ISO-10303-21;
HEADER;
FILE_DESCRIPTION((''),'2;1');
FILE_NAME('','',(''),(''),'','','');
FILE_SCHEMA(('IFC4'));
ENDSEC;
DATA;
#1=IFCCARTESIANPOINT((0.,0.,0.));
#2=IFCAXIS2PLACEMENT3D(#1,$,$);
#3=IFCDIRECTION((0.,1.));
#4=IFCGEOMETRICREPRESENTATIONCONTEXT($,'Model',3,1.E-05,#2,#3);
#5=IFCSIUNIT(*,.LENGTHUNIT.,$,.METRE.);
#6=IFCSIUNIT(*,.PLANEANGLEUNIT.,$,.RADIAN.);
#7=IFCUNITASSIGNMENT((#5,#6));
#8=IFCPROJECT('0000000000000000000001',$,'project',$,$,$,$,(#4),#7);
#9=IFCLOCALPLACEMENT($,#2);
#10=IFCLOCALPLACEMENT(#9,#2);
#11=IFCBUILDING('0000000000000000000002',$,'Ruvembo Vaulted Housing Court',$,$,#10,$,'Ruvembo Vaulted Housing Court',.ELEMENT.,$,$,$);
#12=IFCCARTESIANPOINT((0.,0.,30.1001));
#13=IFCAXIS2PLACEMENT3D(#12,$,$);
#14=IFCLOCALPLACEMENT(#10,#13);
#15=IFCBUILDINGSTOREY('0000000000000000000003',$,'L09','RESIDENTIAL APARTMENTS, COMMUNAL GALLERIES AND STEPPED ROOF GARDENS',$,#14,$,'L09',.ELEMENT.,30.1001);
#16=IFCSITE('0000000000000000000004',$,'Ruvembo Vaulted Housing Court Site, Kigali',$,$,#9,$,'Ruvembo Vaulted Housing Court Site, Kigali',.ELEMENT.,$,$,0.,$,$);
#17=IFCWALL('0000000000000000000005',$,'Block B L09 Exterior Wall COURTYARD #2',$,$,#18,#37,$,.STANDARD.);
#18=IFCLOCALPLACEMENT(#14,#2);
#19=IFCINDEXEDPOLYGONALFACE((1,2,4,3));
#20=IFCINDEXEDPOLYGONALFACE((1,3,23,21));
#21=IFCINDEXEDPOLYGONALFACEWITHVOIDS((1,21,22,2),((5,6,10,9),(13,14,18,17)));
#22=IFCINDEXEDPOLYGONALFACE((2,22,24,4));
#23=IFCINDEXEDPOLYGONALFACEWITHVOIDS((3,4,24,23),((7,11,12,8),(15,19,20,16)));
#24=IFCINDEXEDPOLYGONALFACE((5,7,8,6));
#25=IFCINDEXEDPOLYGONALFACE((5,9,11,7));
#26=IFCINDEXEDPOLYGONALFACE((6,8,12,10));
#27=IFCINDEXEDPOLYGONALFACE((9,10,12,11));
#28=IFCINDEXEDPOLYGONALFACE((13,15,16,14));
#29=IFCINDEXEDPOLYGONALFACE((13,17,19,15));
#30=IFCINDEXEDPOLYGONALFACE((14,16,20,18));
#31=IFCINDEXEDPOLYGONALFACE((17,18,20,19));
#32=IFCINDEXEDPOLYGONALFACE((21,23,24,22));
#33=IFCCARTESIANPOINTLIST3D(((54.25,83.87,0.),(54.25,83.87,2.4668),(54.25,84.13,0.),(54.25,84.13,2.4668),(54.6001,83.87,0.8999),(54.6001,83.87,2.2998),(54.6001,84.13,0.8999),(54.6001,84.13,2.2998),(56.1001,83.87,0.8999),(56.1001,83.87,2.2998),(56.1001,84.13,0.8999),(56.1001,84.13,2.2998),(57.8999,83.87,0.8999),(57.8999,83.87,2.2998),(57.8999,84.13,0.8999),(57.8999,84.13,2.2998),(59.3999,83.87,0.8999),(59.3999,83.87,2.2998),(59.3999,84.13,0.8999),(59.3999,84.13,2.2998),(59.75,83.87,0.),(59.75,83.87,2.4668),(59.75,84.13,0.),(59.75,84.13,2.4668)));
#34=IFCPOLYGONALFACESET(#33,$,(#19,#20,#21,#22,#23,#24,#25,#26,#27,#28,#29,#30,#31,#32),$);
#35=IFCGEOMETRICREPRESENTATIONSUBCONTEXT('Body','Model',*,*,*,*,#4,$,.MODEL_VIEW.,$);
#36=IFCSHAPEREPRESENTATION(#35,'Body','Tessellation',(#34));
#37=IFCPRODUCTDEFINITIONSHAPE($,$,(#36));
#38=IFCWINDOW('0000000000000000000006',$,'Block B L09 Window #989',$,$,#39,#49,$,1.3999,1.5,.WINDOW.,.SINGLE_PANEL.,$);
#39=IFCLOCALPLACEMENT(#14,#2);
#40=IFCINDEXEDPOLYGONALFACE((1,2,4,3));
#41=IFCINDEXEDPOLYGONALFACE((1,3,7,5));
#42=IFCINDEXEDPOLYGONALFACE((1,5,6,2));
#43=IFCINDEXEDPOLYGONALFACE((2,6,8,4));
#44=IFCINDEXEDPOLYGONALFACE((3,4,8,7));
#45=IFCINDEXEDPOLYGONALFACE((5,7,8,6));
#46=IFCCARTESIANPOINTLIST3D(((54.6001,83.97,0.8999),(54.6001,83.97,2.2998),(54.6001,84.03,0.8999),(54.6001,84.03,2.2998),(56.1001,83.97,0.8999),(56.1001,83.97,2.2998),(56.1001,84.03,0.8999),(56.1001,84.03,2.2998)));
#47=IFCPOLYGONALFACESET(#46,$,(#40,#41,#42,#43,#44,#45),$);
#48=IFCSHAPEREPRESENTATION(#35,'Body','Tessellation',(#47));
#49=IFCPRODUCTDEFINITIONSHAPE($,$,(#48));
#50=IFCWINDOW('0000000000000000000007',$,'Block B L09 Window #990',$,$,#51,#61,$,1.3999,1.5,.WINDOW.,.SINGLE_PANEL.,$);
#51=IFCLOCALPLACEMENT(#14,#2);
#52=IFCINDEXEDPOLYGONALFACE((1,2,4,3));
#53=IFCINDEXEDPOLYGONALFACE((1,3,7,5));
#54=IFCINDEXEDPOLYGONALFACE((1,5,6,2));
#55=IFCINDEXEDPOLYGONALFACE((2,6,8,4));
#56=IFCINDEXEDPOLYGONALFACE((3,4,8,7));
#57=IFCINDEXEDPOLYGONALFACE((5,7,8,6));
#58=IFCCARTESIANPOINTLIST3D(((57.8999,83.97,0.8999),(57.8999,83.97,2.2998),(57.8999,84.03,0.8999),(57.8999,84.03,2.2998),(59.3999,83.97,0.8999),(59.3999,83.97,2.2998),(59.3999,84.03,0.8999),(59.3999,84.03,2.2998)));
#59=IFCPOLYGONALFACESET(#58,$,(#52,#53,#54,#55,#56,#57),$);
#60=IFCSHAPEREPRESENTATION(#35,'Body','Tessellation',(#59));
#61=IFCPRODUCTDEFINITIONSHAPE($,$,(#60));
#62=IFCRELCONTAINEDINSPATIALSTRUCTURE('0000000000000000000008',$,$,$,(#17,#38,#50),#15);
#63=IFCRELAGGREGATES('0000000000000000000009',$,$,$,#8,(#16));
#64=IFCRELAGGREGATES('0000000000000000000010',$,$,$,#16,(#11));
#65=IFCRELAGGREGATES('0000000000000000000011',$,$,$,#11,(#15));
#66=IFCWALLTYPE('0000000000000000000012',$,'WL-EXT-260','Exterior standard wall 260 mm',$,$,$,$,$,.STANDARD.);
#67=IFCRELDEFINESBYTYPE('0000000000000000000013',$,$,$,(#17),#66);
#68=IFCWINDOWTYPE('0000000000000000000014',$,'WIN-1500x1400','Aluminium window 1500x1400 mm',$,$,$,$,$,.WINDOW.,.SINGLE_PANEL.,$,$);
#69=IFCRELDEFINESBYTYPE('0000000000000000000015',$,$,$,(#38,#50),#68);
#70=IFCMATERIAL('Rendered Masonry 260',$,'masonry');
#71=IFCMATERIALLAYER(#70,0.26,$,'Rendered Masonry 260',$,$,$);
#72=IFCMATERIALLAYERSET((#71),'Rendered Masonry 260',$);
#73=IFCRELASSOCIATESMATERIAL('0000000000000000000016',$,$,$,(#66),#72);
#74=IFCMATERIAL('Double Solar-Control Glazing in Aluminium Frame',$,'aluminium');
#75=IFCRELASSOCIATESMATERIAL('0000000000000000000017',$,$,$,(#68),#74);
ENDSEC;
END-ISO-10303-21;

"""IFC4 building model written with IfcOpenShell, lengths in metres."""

from ifc_helpers import new_model, si_unit, direction, frame, frame_2d, origin, place, context, subcontext, project, spatial, rectangle, extrude, material, layer, layer_set, type_object, element, fill, save


model = new_model("IFC4")

# Units and contexts
model_context = context("Model", 3, precision=1e-05, world=origin(), true_north=direction((0.0, 1.0)))
body_context = subcontext(model_context, "Body", "Model", "MODEL_VIEW")
ifc_project = project(units=[si_unit("LENGTHUNIT", "METRE"), si_unit("PLANEANGLEUNIT", "RADIAN")], contexts=[model_context])

# Site, building, storey
site_placement = place(None, origin())
site = spatial("IfcSite", under=ifc_project, at=site_placement, Name="Ruvembo Vaulted Housing Court Site, Kigali", LongName="Ruvembo Vaulted Housing Court Site, Kigali", CompositionType="ELEMENT", RefElevation=0.0)
building_placement = place(site_placement, origin())
building = spatial("IfcBuilding", under=site, at=building_placement, Name="Ruvembo Vaulted Housing Court", LongName="Ruvembo Vaulted Housing Court", CompositionType="ELEMENT")
storey_placement = place(building_placement, frame((0.0, 0.0, 30.1001)))
storey = spatial("IfcBuildingStorey", under=building, at=storey_placement, Name="L09", Description="RESIDENTIAL APARTMENTS, COMMUNAL GALLERIES AND STEPPED ROOF GARDENS", LongName="L09", CompositionType="ELEMENT", Elevation=30.1001)

# Wall, openings, windows
ifc_material_1 = material(Name="Rendered Masonry 260", Category="masonry")
ifc_layer = layer(ifc_material_1, 0.26, Name="Rendered Masonry 260")
ifc_layer_set = layer_set([ifc_layer], Name="Rendered Masonry 260")
wall_type = type_object("IfcWallType", Name="WL-EXT-260", Description="Exterior standard wall 260 mm", PredefinedType="STANDARD", material=ifc_layer_set)
ifc_material_2 = material(Name="Double Solar-Control Glazing in Aluminium Frame", Category="aluminium")
window_type_1 = type_object("IfcWindowType", Name="WIN-1500x1400", Description="Aluminium window 1500x1400 mm", PartitioningType="SINGLE_PANEL", PredefinedType="WINDOW", material=ifc_material_2)
wall_1_placement = place(storey_placement, frame((54.25, 84.0, 0.0), z_axis=(0.0, 0.0, 1.0), x_axis=(1.0, 0.0, 0.0)))
wall_1 = element("IfcWall", 1, at=wall_1_placement, inside=storey, type_object=wall_type, Name="Block B L09 Exterior Wall COURTYARD #2", PredefinedType="STANDARD", context=body_context, shape_type="SweptSolid", body=[
    extrude(rectangle(XDim=5.5, YDim=0.26, at=frame_2d((2.75, 0.0))), origin(), (0.0, 0.0, 1.0), 2.4668),
])
opening_1_placement = place(wall_1_placement, frame((0.3501, 0.0, 0.8999)))
opening_1 = element("IfcOpeningElement", 2, at=opening_1_placement, cuts=wall_1, PredefinedType="OPENING", context=body_context, shape_type="SweptSolid", body=[
    extrude(rectangle(XDim=1.5, YDim=1.3999, at=frame_2d((0.75, 0.7))), frame((0.0, 0.1399, 0.0), z_axis=(0.0, -1.0, 0.0), x_axis=(1.0, 0.0, 0.0)), (0.0, 0.0, 1.0), 0.28),
])
opening_2_placement = place(wall_1_placement, frame((3.6499, 0.0, 0.8999)))
opening_2 = element("IfcOpeningElement", 3, at=opening_2_placement, cuts=wall_1, PredefinedType="OPENING", context=body_context, shape_type="SweptSolid", body=[
    extrude(rectangle(XDim=1.5, YDim=1.3999, at=frame_2d((0.75, 0.7))), frame((0.0, 0.1399, 0.0), z_axis=(0.0, -1.0, 0.0), x_axis=(1.0, 0.0, 0.0)), (0.0, 0.0, 1.0), 0.28),
])
window_1_placement = place(opening_1_placement, origin())
window_1 = element("IfcWindow", 4, at=window_1_placement, inside=storey, type_object=window_type_1, Name="Block B L09 Window #989", OverallHeight=1.3999, OverallWidth=1.5, PartitioningType="SINGLE_PANEL", PredefinedType="WINDOW", context=body_context, shape_type="SweptSolid", body=[
    extrude(rectangle(XDim=1.5, YDim=1.3999, at=frame_2d((0.75, 0.7))), frame((0.0, 0.03, 0.0), z_axis=(0.0, -1.0, 0.0), x_axis=(1.0, 0.0, 0.0)), (0.0, 0.0, 1.0), 0.0601),
])
fill(opening_1, window_1)
window_2_placement = place(opening_2_placement, origin())
window_2 = element("IfcWindow", 5, at=window_2_placement, inside=storey, type_object=window_type_1, Name="Block B L09 Window #990", OverallHeight=1.3999, OverallWidth=1.5, PartitioningType="SINGLE_PANEL", PredefinedType="WINDOW", context=body_context, shape_type="SweptSolid", body=[
    extrude(rectangle(XDim=1.5, YDim=1.3999, at=frame_2d((0.75, 0.7))), frame((0.0, 0.03, 0.0), z_axis=(0.0, -1.0, 0.0), x_axis=(1.0, 0.0, 0.0)), (0.0, 0.0, 1.0), 0.0601),
])
fill(opening_2, window_2)

save(model, "model.ifc")
